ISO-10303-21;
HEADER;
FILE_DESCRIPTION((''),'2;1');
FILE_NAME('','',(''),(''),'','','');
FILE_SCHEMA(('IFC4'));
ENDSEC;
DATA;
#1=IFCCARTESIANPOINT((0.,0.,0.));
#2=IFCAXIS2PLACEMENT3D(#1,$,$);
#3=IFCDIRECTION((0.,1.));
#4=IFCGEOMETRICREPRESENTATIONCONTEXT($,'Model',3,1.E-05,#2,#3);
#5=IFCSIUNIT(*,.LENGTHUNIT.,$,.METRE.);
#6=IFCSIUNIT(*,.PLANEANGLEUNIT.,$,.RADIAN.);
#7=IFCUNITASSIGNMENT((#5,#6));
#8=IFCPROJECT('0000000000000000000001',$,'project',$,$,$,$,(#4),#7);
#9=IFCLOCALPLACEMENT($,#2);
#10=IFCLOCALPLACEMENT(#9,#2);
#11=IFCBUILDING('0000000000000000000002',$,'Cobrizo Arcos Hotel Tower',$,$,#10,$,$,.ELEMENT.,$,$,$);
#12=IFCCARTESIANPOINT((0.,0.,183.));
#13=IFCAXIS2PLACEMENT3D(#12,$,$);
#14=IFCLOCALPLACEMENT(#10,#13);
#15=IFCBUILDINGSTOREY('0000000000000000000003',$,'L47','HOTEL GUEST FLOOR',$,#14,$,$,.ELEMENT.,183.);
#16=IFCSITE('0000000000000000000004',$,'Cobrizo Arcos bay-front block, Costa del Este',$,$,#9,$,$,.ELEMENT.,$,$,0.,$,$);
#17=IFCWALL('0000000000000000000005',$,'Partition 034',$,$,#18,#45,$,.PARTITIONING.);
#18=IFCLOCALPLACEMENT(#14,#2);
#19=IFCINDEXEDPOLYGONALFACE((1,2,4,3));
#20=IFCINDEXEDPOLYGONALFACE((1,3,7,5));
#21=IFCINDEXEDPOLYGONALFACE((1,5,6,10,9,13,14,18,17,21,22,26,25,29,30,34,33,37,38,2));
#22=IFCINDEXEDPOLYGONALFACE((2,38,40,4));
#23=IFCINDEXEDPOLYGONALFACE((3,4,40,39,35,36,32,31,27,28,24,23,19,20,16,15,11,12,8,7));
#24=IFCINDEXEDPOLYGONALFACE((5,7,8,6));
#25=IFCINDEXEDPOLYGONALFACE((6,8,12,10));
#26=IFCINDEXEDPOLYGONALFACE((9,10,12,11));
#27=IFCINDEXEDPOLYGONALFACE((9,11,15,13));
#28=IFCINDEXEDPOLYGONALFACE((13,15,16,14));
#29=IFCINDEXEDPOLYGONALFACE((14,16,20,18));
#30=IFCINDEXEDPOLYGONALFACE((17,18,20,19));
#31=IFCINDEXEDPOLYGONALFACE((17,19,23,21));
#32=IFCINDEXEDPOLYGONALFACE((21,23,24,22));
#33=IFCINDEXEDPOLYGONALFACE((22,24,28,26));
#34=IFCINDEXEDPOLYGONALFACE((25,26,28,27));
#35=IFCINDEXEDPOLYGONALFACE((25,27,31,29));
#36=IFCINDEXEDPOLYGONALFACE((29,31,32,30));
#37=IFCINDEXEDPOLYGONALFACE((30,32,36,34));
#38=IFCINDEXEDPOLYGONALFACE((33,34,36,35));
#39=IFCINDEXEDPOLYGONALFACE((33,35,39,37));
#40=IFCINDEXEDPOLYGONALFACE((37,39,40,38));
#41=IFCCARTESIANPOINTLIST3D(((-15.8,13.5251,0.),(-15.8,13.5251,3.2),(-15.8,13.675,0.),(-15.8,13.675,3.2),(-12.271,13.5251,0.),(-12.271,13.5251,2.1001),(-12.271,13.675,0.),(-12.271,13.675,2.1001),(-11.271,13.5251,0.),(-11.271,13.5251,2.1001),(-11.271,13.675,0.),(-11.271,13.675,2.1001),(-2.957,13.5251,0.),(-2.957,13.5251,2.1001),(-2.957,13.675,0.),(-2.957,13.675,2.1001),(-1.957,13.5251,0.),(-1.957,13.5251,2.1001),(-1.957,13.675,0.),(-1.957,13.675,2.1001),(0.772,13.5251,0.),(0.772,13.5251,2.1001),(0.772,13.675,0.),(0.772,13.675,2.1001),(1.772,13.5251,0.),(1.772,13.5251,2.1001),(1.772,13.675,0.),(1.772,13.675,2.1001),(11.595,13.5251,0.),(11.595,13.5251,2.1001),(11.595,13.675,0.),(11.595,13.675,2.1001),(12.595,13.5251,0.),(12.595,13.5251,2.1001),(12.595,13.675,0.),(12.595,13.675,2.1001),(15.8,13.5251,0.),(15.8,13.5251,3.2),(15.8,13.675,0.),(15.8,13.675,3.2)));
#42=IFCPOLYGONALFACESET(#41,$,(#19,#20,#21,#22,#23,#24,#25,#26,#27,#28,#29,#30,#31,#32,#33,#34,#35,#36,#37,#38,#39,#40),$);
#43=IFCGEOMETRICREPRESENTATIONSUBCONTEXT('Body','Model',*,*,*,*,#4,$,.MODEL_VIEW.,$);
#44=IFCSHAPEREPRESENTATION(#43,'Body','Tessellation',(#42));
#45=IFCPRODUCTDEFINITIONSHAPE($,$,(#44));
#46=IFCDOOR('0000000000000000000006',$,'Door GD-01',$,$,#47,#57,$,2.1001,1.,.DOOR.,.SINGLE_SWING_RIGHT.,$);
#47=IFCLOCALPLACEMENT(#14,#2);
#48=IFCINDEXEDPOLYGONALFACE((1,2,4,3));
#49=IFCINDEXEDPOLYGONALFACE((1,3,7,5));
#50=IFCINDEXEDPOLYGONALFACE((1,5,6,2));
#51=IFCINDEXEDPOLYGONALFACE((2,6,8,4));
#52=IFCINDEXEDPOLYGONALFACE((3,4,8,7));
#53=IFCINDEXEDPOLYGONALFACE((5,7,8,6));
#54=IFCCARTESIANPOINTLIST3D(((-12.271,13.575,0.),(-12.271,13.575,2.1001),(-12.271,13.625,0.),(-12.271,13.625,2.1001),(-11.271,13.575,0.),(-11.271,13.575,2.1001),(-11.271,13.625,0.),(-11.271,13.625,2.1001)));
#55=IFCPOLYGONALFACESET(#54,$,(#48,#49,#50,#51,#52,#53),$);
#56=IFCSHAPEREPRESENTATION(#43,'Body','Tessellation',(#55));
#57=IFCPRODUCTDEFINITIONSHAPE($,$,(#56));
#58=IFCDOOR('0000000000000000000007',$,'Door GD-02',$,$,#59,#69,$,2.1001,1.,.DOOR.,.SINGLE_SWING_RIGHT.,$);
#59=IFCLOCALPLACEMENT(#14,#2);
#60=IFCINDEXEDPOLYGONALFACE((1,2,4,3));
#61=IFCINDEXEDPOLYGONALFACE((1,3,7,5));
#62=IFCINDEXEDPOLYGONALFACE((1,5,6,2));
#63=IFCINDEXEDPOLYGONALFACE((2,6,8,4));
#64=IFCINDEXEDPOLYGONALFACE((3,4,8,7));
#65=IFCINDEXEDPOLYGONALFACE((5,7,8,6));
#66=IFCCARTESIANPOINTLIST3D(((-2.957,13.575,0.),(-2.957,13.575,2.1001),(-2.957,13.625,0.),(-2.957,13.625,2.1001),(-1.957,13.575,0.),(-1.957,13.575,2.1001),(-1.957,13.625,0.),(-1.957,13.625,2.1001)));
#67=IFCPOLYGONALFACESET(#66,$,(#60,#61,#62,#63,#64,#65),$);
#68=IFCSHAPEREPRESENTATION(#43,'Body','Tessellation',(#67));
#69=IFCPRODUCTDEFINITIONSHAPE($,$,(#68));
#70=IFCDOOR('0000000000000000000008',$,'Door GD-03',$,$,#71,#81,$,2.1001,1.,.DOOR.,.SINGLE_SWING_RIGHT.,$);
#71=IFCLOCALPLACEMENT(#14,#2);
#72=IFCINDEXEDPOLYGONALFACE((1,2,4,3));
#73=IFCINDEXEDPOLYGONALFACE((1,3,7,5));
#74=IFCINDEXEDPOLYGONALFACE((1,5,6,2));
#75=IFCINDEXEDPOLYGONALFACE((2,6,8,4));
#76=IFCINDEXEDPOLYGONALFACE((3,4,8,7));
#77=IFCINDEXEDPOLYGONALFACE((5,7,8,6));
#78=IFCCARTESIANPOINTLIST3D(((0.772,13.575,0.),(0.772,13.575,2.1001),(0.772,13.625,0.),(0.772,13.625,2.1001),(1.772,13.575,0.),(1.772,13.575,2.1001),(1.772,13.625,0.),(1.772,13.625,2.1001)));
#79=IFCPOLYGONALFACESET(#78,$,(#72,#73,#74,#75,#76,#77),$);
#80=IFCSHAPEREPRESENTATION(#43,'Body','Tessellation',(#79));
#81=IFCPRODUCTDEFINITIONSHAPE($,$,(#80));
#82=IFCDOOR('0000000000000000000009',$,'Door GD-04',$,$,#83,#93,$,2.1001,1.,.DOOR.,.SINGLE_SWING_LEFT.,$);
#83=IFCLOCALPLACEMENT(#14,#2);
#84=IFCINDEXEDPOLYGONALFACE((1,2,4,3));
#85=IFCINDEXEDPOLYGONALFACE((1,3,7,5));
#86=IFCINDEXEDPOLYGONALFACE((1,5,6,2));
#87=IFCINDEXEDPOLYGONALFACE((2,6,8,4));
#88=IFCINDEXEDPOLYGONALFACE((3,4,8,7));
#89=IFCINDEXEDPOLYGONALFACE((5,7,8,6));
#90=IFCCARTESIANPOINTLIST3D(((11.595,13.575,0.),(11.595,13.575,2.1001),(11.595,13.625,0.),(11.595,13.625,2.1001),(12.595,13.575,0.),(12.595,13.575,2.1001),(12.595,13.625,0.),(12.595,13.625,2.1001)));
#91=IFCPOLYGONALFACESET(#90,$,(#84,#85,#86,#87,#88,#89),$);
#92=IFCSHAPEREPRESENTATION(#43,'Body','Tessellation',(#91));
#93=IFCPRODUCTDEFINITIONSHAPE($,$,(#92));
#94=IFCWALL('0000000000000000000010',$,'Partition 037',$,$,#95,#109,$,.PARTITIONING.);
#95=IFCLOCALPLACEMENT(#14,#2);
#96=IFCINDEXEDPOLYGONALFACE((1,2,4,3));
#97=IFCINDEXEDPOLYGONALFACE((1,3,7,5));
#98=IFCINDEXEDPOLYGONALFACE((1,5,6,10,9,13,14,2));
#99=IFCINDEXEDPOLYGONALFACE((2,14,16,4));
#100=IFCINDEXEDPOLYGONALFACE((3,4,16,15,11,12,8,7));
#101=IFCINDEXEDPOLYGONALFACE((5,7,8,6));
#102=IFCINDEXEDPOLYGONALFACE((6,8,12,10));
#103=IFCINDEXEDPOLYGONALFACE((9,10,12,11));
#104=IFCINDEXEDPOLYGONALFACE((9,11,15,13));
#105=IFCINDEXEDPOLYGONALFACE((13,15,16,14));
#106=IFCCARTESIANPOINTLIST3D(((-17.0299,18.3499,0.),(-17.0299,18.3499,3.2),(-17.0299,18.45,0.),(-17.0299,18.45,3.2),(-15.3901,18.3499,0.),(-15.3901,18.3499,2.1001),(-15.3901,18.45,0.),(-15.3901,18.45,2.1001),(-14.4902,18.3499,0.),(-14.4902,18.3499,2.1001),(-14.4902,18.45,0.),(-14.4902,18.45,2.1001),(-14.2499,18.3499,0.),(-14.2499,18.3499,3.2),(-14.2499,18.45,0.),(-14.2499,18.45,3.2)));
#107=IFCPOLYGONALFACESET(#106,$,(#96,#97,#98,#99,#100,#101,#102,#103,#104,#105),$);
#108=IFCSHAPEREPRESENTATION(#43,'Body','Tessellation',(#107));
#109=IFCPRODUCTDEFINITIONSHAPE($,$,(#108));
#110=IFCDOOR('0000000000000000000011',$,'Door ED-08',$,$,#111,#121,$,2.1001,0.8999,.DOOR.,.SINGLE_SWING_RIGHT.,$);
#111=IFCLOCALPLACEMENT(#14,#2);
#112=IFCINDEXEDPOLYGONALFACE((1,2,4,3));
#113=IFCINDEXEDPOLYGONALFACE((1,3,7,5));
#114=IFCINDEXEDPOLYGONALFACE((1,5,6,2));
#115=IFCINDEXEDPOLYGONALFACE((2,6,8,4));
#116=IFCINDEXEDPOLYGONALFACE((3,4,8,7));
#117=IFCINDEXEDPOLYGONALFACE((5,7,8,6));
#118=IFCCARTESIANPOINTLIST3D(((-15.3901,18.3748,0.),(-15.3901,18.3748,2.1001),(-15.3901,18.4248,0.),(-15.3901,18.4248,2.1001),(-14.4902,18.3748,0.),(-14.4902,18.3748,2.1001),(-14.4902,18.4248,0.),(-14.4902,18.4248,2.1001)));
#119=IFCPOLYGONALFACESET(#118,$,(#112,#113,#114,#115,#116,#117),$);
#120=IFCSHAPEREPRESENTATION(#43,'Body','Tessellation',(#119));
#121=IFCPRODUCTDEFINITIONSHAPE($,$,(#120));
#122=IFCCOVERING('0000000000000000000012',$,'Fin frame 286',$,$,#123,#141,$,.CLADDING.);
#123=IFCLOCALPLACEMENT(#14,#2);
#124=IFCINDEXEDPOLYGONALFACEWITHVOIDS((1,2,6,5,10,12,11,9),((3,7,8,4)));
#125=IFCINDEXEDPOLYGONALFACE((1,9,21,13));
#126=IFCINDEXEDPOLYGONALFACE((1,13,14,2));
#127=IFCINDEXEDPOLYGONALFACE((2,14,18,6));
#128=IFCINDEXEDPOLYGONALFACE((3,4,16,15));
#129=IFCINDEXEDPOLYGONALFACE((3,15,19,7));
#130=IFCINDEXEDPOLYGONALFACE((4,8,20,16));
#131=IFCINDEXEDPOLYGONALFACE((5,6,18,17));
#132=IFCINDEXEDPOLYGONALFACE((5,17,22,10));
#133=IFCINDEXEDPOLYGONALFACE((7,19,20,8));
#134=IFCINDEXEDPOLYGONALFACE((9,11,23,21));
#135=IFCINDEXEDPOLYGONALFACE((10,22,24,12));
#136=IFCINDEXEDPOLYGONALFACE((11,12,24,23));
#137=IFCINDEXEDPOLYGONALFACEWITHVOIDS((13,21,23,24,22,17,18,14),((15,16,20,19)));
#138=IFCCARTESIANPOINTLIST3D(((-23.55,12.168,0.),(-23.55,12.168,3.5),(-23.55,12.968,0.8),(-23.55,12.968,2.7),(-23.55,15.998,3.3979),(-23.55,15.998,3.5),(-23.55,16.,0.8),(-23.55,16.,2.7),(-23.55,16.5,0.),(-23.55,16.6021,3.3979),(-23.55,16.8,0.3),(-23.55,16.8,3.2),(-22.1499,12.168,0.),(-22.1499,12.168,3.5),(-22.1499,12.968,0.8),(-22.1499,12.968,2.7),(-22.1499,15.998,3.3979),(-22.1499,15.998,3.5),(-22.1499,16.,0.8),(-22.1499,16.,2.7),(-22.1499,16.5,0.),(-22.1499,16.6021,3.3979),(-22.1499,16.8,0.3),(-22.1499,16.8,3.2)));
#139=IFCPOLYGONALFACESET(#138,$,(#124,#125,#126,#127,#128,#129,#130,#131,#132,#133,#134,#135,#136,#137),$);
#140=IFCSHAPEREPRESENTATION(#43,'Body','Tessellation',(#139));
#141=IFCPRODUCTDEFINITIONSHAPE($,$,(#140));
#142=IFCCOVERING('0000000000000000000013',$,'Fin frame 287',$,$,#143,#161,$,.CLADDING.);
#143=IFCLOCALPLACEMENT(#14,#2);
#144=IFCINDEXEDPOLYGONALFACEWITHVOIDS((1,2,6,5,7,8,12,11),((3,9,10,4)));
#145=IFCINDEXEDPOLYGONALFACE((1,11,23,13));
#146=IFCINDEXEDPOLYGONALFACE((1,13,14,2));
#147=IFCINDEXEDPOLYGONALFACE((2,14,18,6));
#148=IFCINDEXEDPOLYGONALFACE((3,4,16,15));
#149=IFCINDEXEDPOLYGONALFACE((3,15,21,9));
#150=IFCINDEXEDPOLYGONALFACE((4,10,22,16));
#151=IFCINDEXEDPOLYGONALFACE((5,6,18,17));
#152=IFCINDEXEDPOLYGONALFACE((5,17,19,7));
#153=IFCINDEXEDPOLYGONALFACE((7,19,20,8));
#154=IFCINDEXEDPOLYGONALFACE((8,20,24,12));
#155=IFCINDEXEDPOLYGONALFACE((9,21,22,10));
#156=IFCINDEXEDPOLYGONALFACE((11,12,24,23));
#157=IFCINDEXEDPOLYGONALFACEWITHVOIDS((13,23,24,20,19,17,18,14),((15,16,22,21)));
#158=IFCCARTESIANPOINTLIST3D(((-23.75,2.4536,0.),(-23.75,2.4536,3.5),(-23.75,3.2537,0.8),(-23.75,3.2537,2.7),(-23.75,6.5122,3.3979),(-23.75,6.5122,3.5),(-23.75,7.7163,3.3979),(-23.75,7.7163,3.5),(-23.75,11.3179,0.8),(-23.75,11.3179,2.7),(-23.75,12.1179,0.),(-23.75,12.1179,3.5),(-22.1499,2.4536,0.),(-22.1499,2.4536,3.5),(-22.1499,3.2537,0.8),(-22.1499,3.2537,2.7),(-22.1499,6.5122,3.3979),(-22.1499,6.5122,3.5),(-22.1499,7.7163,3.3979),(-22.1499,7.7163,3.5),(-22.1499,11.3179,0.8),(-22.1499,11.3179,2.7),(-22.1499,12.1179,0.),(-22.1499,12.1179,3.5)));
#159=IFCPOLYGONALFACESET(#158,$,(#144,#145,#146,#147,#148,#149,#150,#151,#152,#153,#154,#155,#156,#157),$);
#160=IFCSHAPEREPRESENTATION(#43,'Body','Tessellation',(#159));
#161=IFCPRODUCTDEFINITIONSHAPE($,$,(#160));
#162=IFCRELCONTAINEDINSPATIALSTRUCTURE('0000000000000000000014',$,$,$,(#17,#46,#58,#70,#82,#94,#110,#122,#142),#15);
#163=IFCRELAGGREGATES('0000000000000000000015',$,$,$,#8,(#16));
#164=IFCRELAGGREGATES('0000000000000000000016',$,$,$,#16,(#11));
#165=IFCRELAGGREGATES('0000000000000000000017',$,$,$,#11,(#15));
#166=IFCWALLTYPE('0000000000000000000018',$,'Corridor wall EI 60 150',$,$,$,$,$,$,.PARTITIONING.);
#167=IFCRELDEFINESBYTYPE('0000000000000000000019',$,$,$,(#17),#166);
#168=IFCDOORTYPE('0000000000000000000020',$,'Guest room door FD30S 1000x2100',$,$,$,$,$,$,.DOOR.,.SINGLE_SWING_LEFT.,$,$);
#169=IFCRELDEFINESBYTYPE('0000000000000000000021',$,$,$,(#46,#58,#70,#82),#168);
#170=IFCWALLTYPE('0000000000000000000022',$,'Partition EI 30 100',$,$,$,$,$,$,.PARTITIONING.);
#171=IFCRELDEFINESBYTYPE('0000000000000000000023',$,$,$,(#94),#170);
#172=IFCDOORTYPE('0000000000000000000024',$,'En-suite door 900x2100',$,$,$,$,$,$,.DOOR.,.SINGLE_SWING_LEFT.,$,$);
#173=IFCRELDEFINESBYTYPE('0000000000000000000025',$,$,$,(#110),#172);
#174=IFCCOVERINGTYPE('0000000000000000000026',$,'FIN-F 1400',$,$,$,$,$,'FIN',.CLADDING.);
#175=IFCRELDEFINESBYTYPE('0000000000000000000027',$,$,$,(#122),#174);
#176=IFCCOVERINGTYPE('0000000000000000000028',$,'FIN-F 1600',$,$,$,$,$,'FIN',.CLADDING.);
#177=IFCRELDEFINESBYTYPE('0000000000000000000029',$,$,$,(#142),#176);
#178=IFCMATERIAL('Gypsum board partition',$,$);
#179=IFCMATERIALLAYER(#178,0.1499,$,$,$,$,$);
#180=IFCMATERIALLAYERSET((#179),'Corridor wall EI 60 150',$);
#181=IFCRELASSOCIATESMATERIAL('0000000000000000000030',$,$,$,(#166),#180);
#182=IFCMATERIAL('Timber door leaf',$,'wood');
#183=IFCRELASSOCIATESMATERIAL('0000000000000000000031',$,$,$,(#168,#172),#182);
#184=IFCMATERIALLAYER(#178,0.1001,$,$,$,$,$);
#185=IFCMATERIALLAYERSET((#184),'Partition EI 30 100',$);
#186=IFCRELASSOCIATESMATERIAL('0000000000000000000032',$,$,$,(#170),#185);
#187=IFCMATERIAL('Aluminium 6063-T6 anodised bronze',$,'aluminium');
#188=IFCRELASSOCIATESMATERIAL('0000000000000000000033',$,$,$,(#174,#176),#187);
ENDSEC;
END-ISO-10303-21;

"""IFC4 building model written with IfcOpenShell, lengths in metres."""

from ifc_helpers import new_model, si_unit, direction, frame, frame_2d, origin, place, context, subcontext, project, spatial, polyline, rectangle, outline, extrude, material, layer, layer_set, type_object, element, fill, save


model = new_model("IFC4")

# Units and contexts
model_context = context("Model", 3, precision=1e-05, world=origin(), true_north=direction((0.0, 1.0)))
body_context = subcontext(model_context, "Body", "Model", "MODEL_VIEW")
ifc_project = project(units=[si_unit("LENGTHUNIT", "METRE"), si_unit("PLANEANGLEUNIT", "RADIAN")], contexts=[model_context])

# Site, building, storey
site_placement = place(None, origin())
site = spatial("IfcSite", under=ifc_project, at=site_placement, Name="Cobrizo Arcos bay-front block, Costa del Este", CompositionType="ELEMENT", RefElevation=0.0)
building_placement = place(site_placement, origin())
building = spatial("IfcBuilding", under=site, at=building_placement, Name="Cobrizo Arcos Hotel Tower", CompositionType="ELEMENT")
storey_placement = place(building_placement, frame((0.0, 0.0, 183.0)))
storey = spatial("IfcBuildingStorey", under=building, at=storey_placement, Name="L47", Description="HOTEL GUEST FLOOR", CompositionType="ELEMENT", Elevation=183.0)

# Shared definitions
ifc_material_1 = material(Name="Aluminium 6063-T6 anodised bronze", Category="aluminium")

# Wall, openings, doors
ifc_material_2 = material(Name="Gypsum board partition")
ifc_layer_1 = layer(ifc_material_2, 0.1499)
ifc_layer_set_1 = layer_set([ifc_layer_1], Name="Corridor wall EI 60 150")
wall_type_1 = type_object("IfcWallType", Name="Corridor wall EI 60 150", PredefinedType="PARTITIONING", material=ifc_layer_set_1)
wall_1_placement = place(storey_placement, frame((-15.8, 13.6001, 0.0), z_axis=(0.0, 0.0, 1.0), x_axis=(1.0, 0.0, 0.0)))
wall_1 = element("IfcWall", 1, at=wall_1_placement, inside=storey, type_object=wall_type_1, Name="Partition 034", PredefinedType="PARTITIONING", context=body_context, shape_type="SweptSolid", body=[
    extrude(rectangle(XDim=31.6001, YDim=0.1499, at=frame_2d((15.8, 0.0))), origin(), (0.0, 0.0, 1.0), 3.2),
])
opening_1_placement = place(wall_1_placement, frame((3.5291, 0.0, 0.0)))
opening_1 = element("IfcOpeningElement", 2, at=opening_1_placement, cuts=wall_1, PredefinedType="OPENING", context=body_context, shape_type="SweptSolid", body=[
    extrude(rectangle(XDim=1.0, YDim=2.1001, at=frame_2d((0.5, 1.05))), frame((0.0, 0.0869, 0.0), z_axis=(0.0, -1.0, 0.0), x_axis=(1.0, 0.0, 0.0)), (0.0, 0.0, 1.0), 0.1738),
])
opening_2_placement = place(wall_1_placement, frame((12.843, 0.0, 0.0)))
opening_2 = element("IfcOpeningElement", 3, at=opening_2_placement, cuts=wall_1, PredefinedType="OPENING", context=body_context, shape_type="SweptSolid", body=[
    extrude(rectangle(XDim=1.0, YDim=2.1001, at=frame_2d((0.5, 1.05))), frame((0.0, 0.0869, 0.0), z_axis=(0.0, -1.0, 0.0), x_axis=(1.0, 0.0, 0.0)), (0.0, 0.0, 1.0), 0.1738),
])
opening_3_placement = place(wall_1_placement, frame((16.572, 0.0, 0.0)))
opening_3 = element("IfcOpeningElement", 4, at=opening_3_placement, cuts=wall_1, PredefinedType="OPENING", context=body_context, shape_type="SweptSolid", body=[
    extrude(rectangle(XDim=1.0, YDim=2.1001, at=frame_2d((0.5, 1.05))), frame((0.0, 0.0869, 0.0), z_axis=(0.0, -1.0, 0.0), x_axis=(1.0, 0.0, 0.0)), (0.0, 0.0, 1.0), 0.1738),
])
opening_4_placement = place(wall_1_placement, frame((27.395, 0.0, 0.0)))
opening_4 = element("IfcOpeningElement", 5, at=opening_4_placement, cuts=wall_1, PredefinedType="OPENING", context=body_context, shape_type="SweptSolid", body=[
    extrude(rectangle(XDim=1.0, YDim=2.1001, at=frame_2d((0.5, 1.05))), frame((0.0, 0.0869, 0.0), z_axis=(0.0, -1.0, 0.0), x_axis=(1.0, 0.0, 0.0)), (0.0, 0.0, 1.0), 0.1738),
])
ifc_material_3 = material(Name="Timber door leaf", Category="wood")
door_type_1 = type_object("IfcDoorType", Name="Guest room door FD30S 1000x2100", OperationType="SINGLE_SWING_LEFT", PredefinedType="DOOR", material=ifc_material_3)
door_1_placement = place(opening_1_placement, origin())
door_1 = element("IfcDoor", 6, at=door_1_placement, inside=storey, type_object=door_type_1, Name="Door GD-01", OperationType="SINGLE_SWING_RIGHT", OverallHeight=2.1001, OverallWidth=1.0, PredefinedType="DOOR", context=body_context, shape_type="SweptSolid", body=[
    extrude(rectangle(XDim=1.0, YDim=2.1001, at=frame_2d((0.5, 1.05))), frame((0.0, 0.0249, 0.0), z_axis=(0.0, -1.0, 0.0), x_axis=(1.0, 0.0, 0.0)), (0.0, 0.0, 1.0), 0.05),
])
fill(opening_1, door_1)
door_2_placement = place(opening_2_placement, origin())
door_2 = element("IfcDoor", 7, at=door_2_placement, inside=storey, type_object=door_type_1, Name="Door GD-02", OperationType="SINGLE_SWING_RIGHT", OverallHeight=2.1001, OverallWidth=1.0, PredefinedType="DOOR", context=body_context, shape_type="SweptSolid", body=[
    extrude(rectangle(XDim=1.0, YDim=2.1001, at=frame_2d((0.5, 1.05))), frame((0.0, 0.0249, 0.0), z_axis=(0.0, -1.0, 0.0), x_axis=(1.0, 0.0, 0.0)), (0.0, 0.0, 1.0), 0.05),
])
fill(opening_2, door_2)
door_3_placement = place(opening_3_placement, origin())
door_3 = element("IfcDoor", 8, at=door_3_placement, inside=storey, type_object=door_type_1, Name="Door GD-03", OperationType="SINGLE_SWING_RIGHT", OverallHeight=2.1001, OverallWidth=1.0, PredefinedType="DOOR", context=body_context, shape_type="SweptSolid", body=[
    extrude(rectangle(XDim=1.0, YDim=2.1001, at=frame_2d((0.5, 1.05))), frame((0.0, 0.0249, 0.0), z_axis=(0.0, -1.0, 0.0), x_axis=(1.0, 0.0, 0.0)), (0.0, 0.0, 1.0), 0.05),
])
fill(opening_3, door_3)
door_4_placement = place(opening_4_placement, origin())
door_4 = element("IfcDoor", 9, at=door_4_placement, inside=storey, type_object=door_type_1, Name="Door GD-04", OperationType="SINGLE_SWING_LEFT", OverallHeight=2.1001, OverallWidth=1.0, PredefinedType="DOOR", context=body_context, shape_type="SweptSolid", body=[
    extrude(rectangle(XDim=1.0, YDim=2.1001, at=frame_2d((0.5, 1.05))), frame((0.0, 0.0249, 0.0), z_axis=(0.0, -1.0, 0.0), x_axis=(1.0, 0.0, 0.0)), (0.0, 0.0, 1.0), 0.05),
])
fill(opening_4, door_4)

# Wall, opening, door
ifc_layer_2 = layer(ifc_material_2, 0.1001)
ifc_layer_set_2 = layer_set([ifc_layer_2], Name="Partition EI 30 100")
wall_type_2 = type_object("IfcWallType", Name="Partition EI 30 100", PredefinedType="PARTITIONING", material=ifc_layer_set_2)
wall_2_placement = place(storey_placement, frame((-17.03, 18.3999, 0.0), z_axis=(0.0, 0.0, 1.0), x_axis=(1.0, 0.0, 0.0)))
wall_2 = element("IfcWall", 10, at=wall_2_placement, inside=storey, type_object=wall_type_2, Name="Partition 037", PredefinedType="PARTITIONING", context=body_context, shape_type="SweptSolid", body=[
    extrude(rectangle(XDim=2.78, YDim=0.1001, at=frame_2d((1.3901, 0.0))), origin(), (0.0, 0.0, 1.0), 3.2),
])
opening_5_placement = place(wall_2_placement, frame((1.6399, 0.0, 0.0)))
opening_5 = element("IfcOpeningElement", 11, at=opening_5_placement, cuts=wall_2, PredefinedType="OPENING", context=body_context, shape_type="SweptSolid", body=[
    extrude(rectangle(XDim=0.8999, YDim=2.1001, at=frame_2d((0.45, 1.05))), frame((0.0, 0.062, 0.0), z_axis=(0.0, -1.0, 0.0), x_axis=(1.0, 0.0, 0.0)), (0.0, 0.0, 1.0), 0.124),
])
door_type_2 = type_object("IfcDoorType", Name="En-suite door 900x2100", OperationType="SINGLE_SWING_LEFT", PredefinedType="DOOR", material=ifc_material_3)
door_5_placement = place(opening_5_placement, origin())
door_5 = element("IfcDoor", 12, at=door_5_placement, inside=storey, type_object=door_type_2, Name="Door ED-08", OperationType="SINGLE_SWING_RIGHT", OverallHeight=2.1001, OverallWidth=0.8999, PredefinedType="DOOR", context=body_context, shape_type="SweptSolid", body=[
    extrude(rectangle(XDim=0.8999, YDim=2.1001, at=frame_2d((0.45, 1.05))), frame((0.0, 0.0249, 0.0), z_axis=(0.0, -1.0, 0.0), x_axis=(1.0, 0.0, 0.0)), (0.0, 0.0, 1.0), 0.05),
])
fill(opening_5, door_5)

# Coverings
covering_type_1 = type_object("IfcCoveringType", Name="FIN-F 1400", ElementType="FIN", PredefinedType="CLADDING", material=ifc_material_1)
covering_1_placement = place(storey_placement, frame((-22.1499, 16.8, 0.0), z_axis=(-1.0, 0.0, 0.0), x_axis=(0.0, -1.0, 0.0)))
element("IfcCovering", 13, at=covering_1_placement, inside=storey, type_object=covering_type_1, Name="Fin frame 286", PredefinedType="CLADDING", context=body_context, shape_type="SweptSolid", body=[
    extrude(outline(polyline([(4.6321, 3.5), (0.802, 3.5), (0.802, 3.3979), (0.198, 3.3979), (0.0, 3.2), (0.0, 0.3), (0.3, 0.0), (4.6321, 0.0), (4.6321, 3.5)]), holes=[polyline([(3.832, 0.8), (0.8, 0.8), (0.8, 2.7), (3.832, 2.7), (3.832, 0.8)])]), origin(), (0.0, 0.0, 1.0), 1.4001),
])
covering_type_2 = type_object("IfcCoveringType", Name="FIN-F 1600", ElementType="FIN", PredefinedType="CLADDING", material=ifc_material_1)
covering_2_placement = place(storey_placement, frame((-22.1499, 12.1179, 0.0), z_axis=(-1.0, 0.0, 0.0), x_axis=(0.0, -1.0, 0.0)))
element("IfcCovering", 14, at=covering_2_placement, inside=storey, type_object=covering_type_2, Name="Fin frame 287", PredefinedType="CLADDING", context=body_context, shape_type="SweptSolid", body=[
    extrude(outline(polyline([(9.6643, 3.5), (5.6057, 3.5), (5.6057, 3.3979), (4.4016, 3.3979), (4.4016, 3.5), (0.0, 3.5), (0.0, 0.0), (9.6643, 0.0), (9.6643, 3.5)]), holes=[polyline([(8.8643, 0.8), (0.8, 0.8), (0.8, 2.7), (8.8643, 2.7), (8.8643, 0.8)])]), origin(), (0.0, 0.0, 1.0), 1.6001),
])

save(model, "model.ifc")
